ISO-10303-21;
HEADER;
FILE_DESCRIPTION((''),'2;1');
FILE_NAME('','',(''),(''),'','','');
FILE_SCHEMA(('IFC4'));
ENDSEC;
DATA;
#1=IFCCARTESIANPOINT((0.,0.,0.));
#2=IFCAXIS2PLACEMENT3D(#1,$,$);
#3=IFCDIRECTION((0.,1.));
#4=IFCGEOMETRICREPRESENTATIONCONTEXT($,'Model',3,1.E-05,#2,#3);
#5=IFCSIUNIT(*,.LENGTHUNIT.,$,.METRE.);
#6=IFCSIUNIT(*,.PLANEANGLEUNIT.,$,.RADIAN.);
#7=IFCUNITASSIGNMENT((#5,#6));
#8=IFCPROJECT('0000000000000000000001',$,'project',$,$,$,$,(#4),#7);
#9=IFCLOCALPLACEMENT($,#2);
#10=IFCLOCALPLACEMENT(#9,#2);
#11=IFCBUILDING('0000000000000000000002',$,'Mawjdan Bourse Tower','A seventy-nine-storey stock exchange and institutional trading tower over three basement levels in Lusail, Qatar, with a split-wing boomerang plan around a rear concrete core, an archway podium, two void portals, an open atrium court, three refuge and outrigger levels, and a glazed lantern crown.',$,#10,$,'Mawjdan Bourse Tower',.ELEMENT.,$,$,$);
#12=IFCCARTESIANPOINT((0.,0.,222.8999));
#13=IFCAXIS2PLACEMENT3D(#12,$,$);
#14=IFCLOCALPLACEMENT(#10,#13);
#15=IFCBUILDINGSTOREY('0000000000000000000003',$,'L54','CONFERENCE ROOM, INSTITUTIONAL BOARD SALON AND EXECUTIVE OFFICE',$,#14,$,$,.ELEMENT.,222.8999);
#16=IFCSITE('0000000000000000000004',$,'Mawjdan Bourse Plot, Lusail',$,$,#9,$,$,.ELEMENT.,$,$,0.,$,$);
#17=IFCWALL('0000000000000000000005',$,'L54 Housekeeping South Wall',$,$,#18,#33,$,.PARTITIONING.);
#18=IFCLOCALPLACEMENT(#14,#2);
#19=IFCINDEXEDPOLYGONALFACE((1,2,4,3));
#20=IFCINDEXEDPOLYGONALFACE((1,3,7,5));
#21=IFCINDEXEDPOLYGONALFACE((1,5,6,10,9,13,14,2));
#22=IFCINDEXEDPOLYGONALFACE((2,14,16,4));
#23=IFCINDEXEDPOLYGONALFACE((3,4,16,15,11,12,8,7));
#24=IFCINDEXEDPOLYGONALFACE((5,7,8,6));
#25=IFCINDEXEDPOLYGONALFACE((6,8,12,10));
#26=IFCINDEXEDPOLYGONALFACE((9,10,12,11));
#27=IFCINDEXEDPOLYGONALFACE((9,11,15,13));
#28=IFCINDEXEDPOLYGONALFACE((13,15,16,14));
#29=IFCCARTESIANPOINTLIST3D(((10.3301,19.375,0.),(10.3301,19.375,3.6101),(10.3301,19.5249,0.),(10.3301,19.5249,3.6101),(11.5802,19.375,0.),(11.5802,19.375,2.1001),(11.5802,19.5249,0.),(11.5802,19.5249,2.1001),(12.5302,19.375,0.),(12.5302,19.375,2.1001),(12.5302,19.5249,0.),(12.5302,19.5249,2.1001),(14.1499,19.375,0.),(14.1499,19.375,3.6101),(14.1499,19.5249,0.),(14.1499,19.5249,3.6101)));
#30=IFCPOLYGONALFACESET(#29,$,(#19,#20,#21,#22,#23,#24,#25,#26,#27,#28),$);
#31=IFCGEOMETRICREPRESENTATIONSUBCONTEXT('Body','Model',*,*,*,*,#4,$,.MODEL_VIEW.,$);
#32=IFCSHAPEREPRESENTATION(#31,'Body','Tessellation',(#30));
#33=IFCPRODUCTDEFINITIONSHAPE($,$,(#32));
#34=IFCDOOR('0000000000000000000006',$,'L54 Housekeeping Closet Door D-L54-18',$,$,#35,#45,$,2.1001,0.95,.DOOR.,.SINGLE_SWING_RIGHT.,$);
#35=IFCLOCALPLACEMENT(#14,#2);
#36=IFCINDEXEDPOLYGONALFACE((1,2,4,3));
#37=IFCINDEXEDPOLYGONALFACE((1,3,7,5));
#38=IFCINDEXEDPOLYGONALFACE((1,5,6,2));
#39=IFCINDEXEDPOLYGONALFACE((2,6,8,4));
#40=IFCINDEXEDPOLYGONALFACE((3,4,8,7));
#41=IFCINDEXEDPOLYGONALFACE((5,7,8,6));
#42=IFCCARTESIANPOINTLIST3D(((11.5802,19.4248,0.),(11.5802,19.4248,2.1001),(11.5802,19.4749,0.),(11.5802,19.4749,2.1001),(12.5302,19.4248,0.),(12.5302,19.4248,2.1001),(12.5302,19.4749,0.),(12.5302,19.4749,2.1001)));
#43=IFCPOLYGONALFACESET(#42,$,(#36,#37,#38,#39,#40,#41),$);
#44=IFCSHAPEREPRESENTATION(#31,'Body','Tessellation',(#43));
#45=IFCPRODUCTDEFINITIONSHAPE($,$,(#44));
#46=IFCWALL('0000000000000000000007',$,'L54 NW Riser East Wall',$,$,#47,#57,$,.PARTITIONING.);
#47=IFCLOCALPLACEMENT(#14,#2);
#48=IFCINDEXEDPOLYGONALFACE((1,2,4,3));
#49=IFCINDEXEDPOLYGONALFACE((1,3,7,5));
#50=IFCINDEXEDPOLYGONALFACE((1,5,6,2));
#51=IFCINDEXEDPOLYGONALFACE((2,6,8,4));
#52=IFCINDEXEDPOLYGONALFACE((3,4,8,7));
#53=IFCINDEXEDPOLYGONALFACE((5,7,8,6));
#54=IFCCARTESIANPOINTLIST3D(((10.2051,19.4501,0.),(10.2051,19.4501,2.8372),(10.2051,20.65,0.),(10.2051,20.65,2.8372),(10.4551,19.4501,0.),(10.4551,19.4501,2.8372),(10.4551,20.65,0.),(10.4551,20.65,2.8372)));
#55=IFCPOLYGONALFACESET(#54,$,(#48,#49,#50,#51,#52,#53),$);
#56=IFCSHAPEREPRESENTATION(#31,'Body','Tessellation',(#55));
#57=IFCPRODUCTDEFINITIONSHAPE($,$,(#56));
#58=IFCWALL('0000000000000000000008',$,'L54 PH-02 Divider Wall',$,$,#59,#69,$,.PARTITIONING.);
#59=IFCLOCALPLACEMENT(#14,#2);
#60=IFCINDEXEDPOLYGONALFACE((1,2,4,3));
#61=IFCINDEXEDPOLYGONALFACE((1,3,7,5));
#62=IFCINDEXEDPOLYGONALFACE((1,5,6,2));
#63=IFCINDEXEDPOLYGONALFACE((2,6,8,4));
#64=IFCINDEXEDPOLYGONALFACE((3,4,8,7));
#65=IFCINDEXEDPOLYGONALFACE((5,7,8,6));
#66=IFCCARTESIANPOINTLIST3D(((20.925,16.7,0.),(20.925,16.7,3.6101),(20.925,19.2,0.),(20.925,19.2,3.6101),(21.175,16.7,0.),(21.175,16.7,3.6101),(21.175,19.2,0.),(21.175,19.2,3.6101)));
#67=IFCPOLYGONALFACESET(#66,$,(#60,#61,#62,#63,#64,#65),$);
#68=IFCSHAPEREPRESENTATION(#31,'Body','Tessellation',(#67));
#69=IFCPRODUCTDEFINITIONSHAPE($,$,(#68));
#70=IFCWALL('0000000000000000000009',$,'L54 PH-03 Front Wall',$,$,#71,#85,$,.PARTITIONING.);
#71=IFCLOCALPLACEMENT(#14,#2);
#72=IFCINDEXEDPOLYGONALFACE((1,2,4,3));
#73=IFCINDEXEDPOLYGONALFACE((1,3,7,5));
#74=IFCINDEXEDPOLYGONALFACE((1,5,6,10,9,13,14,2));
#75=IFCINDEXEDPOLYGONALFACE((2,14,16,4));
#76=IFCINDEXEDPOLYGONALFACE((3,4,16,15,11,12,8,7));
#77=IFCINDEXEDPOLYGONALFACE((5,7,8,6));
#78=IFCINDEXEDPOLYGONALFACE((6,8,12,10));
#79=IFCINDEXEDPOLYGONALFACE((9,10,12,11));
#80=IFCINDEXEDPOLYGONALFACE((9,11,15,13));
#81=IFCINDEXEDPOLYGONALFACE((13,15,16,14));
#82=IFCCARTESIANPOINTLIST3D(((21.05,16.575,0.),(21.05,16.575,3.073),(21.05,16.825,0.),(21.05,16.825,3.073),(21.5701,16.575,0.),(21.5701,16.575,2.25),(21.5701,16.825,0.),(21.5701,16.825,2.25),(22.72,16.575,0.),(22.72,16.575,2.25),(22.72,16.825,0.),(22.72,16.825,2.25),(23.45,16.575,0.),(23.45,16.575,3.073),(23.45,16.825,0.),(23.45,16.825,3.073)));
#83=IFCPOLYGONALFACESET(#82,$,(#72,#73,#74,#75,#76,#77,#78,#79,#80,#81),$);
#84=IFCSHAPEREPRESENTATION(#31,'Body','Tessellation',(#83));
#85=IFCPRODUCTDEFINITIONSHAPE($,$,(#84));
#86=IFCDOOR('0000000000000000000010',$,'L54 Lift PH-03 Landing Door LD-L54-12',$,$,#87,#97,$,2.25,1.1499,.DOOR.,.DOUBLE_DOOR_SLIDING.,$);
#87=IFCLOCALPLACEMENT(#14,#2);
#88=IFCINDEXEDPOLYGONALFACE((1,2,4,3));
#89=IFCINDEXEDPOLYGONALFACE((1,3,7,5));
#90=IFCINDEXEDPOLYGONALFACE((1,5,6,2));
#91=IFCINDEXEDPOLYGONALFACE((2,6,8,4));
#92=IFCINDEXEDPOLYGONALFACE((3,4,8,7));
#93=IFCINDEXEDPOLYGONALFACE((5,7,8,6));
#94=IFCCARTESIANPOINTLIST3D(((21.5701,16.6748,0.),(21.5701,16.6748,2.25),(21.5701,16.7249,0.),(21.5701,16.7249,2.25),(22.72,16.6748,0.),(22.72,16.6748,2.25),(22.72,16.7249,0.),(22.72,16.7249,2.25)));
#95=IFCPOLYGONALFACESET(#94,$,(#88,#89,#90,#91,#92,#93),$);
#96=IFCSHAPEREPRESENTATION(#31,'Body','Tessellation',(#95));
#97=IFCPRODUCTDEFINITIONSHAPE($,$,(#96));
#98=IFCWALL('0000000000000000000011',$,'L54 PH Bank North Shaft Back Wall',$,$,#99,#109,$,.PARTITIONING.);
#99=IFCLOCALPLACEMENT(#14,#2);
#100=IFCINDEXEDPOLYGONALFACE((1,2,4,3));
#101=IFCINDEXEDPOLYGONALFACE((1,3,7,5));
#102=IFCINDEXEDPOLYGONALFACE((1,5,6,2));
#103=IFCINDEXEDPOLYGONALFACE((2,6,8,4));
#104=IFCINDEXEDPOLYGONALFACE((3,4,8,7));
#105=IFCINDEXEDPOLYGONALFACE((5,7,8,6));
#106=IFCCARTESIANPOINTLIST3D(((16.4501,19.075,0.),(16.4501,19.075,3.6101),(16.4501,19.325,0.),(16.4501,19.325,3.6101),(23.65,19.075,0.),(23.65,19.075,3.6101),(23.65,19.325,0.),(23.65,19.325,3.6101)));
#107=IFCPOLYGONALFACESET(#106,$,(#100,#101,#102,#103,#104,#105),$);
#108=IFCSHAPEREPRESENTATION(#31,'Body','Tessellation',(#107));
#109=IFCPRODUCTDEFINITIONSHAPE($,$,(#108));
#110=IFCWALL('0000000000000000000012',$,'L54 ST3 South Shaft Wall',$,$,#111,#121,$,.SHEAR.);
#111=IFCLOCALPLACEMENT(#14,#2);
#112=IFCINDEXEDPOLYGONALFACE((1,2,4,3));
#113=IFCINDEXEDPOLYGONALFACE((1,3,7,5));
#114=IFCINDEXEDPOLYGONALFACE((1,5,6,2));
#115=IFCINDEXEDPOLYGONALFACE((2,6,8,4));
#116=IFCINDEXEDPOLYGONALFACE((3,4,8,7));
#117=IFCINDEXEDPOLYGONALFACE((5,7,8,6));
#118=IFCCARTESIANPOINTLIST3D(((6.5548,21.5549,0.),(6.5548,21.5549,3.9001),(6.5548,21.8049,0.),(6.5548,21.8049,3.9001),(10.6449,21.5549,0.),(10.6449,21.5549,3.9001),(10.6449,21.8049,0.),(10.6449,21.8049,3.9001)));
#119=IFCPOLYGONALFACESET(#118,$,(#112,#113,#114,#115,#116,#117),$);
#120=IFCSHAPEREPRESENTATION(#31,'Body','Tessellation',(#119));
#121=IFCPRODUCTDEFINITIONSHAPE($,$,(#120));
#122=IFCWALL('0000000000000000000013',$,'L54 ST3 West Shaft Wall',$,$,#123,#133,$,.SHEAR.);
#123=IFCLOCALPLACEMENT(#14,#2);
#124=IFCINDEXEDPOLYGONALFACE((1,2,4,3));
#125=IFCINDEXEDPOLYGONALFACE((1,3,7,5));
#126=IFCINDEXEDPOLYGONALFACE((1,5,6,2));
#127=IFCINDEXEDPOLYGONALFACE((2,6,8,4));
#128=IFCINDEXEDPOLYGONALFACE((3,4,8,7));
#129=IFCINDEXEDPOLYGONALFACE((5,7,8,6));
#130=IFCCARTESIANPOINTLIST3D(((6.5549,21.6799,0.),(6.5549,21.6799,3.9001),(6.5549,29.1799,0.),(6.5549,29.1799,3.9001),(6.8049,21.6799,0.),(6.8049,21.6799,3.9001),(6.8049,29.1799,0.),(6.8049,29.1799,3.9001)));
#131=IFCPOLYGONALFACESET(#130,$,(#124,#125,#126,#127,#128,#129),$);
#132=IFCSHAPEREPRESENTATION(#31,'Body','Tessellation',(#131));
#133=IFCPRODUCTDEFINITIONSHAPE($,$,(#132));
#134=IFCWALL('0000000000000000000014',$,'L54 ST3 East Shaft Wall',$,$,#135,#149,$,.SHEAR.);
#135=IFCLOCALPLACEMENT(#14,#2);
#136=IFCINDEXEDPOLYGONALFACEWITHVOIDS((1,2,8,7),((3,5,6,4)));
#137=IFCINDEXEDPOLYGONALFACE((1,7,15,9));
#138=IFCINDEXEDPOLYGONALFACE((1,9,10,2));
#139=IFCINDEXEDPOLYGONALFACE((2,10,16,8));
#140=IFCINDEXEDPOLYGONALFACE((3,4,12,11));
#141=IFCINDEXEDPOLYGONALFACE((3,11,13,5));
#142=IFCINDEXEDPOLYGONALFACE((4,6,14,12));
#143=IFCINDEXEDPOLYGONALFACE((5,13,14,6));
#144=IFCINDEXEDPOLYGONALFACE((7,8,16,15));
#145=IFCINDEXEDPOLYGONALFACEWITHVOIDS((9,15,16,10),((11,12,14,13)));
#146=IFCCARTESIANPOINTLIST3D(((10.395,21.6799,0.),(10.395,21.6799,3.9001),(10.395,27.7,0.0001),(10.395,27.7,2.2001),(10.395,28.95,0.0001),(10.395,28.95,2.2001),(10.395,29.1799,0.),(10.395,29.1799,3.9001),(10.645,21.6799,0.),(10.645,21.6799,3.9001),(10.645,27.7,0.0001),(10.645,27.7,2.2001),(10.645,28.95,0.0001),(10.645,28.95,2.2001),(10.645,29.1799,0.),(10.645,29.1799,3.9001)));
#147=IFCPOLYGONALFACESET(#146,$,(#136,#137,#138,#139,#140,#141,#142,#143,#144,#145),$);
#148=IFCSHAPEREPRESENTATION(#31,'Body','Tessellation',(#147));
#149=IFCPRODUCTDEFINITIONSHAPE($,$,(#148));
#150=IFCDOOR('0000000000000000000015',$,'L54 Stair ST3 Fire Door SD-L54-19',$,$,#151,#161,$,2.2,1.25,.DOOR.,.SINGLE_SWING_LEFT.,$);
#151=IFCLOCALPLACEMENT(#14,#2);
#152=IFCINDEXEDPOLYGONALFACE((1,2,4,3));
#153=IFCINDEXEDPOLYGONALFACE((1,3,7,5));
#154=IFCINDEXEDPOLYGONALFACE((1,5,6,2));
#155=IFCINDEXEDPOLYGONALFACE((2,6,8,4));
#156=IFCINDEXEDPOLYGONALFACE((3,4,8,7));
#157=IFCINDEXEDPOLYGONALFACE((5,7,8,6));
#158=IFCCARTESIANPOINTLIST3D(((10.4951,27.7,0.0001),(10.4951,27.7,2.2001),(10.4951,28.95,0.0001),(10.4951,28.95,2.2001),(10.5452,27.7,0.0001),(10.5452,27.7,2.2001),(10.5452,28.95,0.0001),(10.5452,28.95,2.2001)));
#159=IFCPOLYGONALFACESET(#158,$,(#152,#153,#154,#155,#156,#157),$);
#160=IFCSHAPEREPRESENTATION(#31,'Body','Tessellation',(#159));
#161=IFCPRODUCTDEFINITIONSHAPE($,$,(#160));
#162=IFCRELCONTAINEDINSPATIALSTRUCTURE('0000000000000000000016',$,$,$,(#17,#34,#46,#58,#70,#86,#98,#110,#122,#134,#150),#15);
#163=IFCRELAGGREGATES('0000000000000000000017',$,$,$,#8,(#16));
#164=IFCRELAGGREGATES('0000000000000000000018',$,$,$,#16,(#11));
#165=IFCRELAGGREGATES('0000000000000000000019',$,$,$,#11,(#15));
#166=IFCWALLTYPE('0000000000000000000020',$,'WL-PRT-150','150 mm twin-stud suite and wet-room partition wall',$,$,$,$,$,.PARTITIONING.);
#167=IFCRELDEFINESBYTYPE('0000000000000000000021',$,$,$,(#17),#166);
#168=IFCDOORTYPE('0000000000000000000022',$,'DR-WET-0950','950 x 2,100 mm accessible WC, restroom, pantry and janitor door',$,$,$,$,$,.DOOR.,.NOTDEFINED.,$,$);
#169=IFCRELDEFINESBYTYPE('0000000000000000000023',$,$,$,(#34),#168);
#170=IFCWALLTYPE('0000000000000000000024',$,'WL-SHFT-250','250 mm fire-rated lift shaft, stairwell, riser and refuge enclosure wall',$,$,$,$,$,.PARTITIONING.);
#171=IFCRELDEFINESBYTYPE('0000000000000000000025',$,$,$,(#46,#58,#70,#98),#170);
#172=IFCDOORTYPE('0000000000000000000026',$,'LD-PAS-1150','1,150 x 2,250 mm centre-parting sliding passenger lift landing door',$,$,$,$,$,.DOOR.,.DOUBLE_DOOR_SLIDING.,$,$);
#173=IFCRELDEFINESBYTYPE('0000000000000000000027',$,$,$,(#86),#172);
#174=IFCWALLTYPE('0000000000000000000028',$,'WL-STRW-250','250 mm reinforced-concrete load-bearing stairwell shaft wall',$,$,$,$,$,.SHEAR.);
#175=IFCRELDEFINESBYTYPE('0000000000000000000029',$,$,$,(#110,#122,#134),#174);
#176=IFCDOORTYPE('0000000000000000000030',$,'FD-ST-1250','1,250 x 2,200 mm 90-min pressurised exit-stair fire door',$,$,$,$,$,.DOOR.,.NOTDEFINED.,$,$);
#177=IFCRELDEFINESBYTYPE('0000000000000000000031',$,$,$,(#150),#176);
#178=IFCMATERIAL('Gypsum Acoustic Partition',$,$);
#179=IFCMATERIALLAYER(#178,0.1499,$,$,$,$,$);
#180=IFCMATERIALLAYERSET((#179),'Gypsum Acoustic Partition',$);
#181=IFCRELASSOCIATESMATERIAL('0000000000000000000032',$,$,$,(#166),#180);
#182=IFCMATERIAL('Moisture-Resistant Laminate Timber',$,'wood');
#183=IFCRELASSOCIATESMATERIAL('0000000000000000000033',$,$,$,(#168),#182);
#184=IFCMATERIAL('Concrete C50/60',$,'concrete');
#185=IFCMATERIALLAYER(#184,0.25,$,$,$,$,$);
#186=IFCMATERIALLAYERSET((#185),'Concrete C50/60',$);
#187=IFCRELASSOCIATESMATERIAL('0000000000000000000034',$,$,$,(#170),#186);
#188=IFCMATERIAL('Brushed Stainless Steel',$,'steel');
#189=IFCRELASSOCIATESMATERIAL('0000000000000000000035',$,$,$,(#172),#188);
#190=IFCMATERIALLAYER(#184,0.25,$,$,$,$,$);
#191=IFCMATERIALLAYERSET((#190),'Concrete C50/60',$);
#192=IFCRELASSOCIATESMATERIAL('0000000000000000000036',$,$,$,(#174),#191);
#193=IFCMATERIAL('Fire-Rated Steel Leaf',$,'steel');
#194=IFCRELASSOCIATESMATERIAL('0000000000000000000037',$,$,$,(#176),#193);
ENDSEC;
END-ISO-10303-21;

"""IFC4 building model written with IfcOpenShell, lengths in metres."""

from ifc_helpers import new_model, si_unit, direction, frame, frame_2d, origin, place, context, subcontext, project, spatial, rectangle, extrude, material, layer, layer_set, type_object, element, fill, save


model = new_model("IFC4")

# Units and contexts
model_context = context("Model", 3, precision=1e-05, world=origin(), true_north=direction((0.0, 1.0)))
body_context = subcontext(model_context, "Body", "Model", "MODEL_VIEW")
ifc_project = project(units=[si_unit("LENGTHUNIT", "METRE"), si_unit("PLANEANGLEUNIT", "RADIAN")], contexts=[model_context])

# Site, building, storey
site_placement = place(None, origin())
site = spatial("IfcSite", under=ifc_project, at=site_placement, Name="Mawjdan Bourse Plot, Lusail", CompositionType="ELEMENT", RefElevation=0.0)
building_placement = place(site_placement, origin())
building = spatial("IfcBuilding", under=site, at=building_placement, Name="Mawjdan Bourse Tower", Description="A seventy-nine-storey stock exchange and institutional trading tower over three basement levels in Lusail, Qatar, with a split-wing boomerang plan around a rear concrete core, an archway podium, two void portals, an open atrium court, three refuge and outrigger levels, and a glazed lantern crown.", LongName="Mawjdan Bourse Tower", CompositionType="ELEMENT")
storey_placement = place(building_placement, frame((0.0, 0.0, 222.8999)))
storey = spatial("IfcBuildingStorey", under=building, at=storey_placement, Name="L54", Description="CONFERENCE ROOM, INSTITUTIONAL BOARD SALON AND EXECUTIVE OFFICE", CompositionType="ELEMENT", Elevation=222.8999)

# Wall, opening, door
ifc_material_1 = material(Name="Gypsum Acoustic Partition")
ifc_layer_1 = layer(ifc_material_1, 0.1499)
ifc_layer_set_1 = layer_set([ifc_layer_1], Name="Gypsum Acoustic Partition")
wall_type_1 = type_object("IfcWallType", Name="WL-PRT-150", Description="150 mm twin-stud suite and wet-room partition wall", PredefinedType="PARTITIONING", material=ifc_layer_set_1)
wall_1_placement = place(storey_placement, frame((10.3301, 19.45, 0.0), z_axis=(0.0, 0.0, 1.0), x_axis=(1.0, 0.0, 0.0)))
wall_1 = element("IfcWall", 1, at=wall_1_placement, inside=storey, type_object=wall_type_1, Name="L54 Housekeeping South Wall", PredefinedType="PARTITIONING", context=body_context, shape_type="SweptSolid", body=[
    extrude(rectangle(XDim=3.8198, YDim=0.1499, at=frame_2d((1.9099, 0.0))), origin(), (0.0, 0.0, 1.0), 3.6101),
])
opening_1_placement = place(wall_1_placement, frame((1.25, 0.0, 0.0)))
opening_1 = element("IfcOpeningElement", 2, at=opening_1_placement, cuts=wall_1, PredefinedType="OPENING", context=body_context, shape_type="SweptSolid", body=[
    extrude(rectangle(XDim=0.95, YDim=2.1001, at=frame_2d((0.4751, 1.05))), frame((0.0, 0.085, 0.0), z_axis=(0.0, -1.0, 0.0), x_axis=(1.0, 0.0, 0.0)), (0.0, 0.0, 1.0), 0.1699),
])
ifc_material_2 = material(Name="Moisture-Resistant Laminate Timber", Category="wood")
door_type_1 = type_object("IfcDoorType", Name="DR-WET-0950", Description="950 x 2,100 mm accessible WC, restroom, pantry and janitor door", OperationType="NOTDEFINED", PredefinedType="DOOR", material=ifc_material_2)
door_1_placement = place(opening_1_placement, origin())
door_1 = element("IfcDoor", 3, at=door_1_placement, inside=storey, type_object=door_type_1, Name="L54 Housekeeping Closet Door D-L54-18", OperationType="SINGLE_SWING_RIGHT", OverallHeight=2.1001, OverallWidth=0.95, PredefinedType="DOOR", context=body_context, shape_type="SweptSolid", body=[
    extrude(rectangle(XDim=0.95, YDim=2.1001, at=frame_2d((0.4751, 1.05))), frame((0.0, 0.0249, 0.0), z_axis=(0.0, -1.0, 0.0), x_axis=(1.0, 0.0, 0.0)), (0.0, 0.0, 1.0), 0.05),
])
fill(opening_1, door_1)

# Walls
ifc_material_3 = material(Name="Concrete C50/60", Category="concrete")
ifc_layer_2 = layer(ifc_material_3, 0.25)
ifc_layer_set_2 = layer_set([ifc_layer_2], Name="Concrete C50/60")
wall_type_2 = type_object("IfcWallType", Name="WL-SHFT-250", Description="250 mm fire-rated lift shaft, stairwell, riser and refuge enclosure wall", PredefinedType="PARTITIONING", material=ifc_layer_set_2)
wall_2_placement = place(storey_placement, frame((10.3301, 19.45, 0.0), z_axis=(0.0, 0.0, 1.0), x_axis=(0.0, 1.0, 0.0)))
element("IfcWall", 4, at=wall_2_placement, inside=storey, type_object=wall_type_2, Name="L54 NW Riser East Wall", PredefinedType="PARTITIONING", context=body_context, shape_type="SweptSolid", body=[
    extrude(rectangle(XDim=1.2, YDim=0.25, at=frame_2d((0.6001, 0.0))), origin(), (0.0, 0.0, 1.0), 2.8372),
])
wall_3_placement = place(storey_placement, frame((21.05, 16.7, 0.0), z_axis=(0.0, 0.0, 1.0), x_axis=(0.0, 1.0, 0.0)))
element("IfcWall", 5, at=wall_3_placement, inside=storey, type_object=wall_type_2, Name="L54 PH-02 Divider Wall", PredefinedType="PARTITIONING", context=body_context, shape_type="SweptSolid", body=[
    extrude(rectangle(XDim=2.5, YDim=0.25, at=frame_2d((1.25, 0.0))), origin(), (0.0, 0.0, 1.0), 3.6101),
])

# Wall, opening, door
wall_4_placement = place(storey_placement, frame((21.05, 16.7, 0.0), z_axis=(0.0, 0.0, 1.0), x_axis=(1.0, 0.0, 0.0)))
wall_4 = element("IfcWall", 6, at=wall_4_placement, inside=storey, type_object=wall_type_2, Name="L54 PH-03 Front Wall", PredefinedType="PARTITIONING", context=body_context, shape_type="SweptSolid", body=[
    extrude(rectangle(XDim=2.3999, YDim=0.25, at=frame_2d((1.2, 0.0))), origin(), (0.0, 0.0, 1.0), 3.073),
])
opening_2_placement = place(wall_4_placement, frame((0.52, 0.0, 0.0)))
opening_2 = element("IfcOpeningElement", 7, at=opening_2_placement, cuts=wall_4, PredefinedType="OPENING", context=body_context, shape_type="SweptSolid", body=[
    extrude(rectangle(XDim=1.1499, YDim=2.25, at=frame_2d((0.575, 1.125))), frame((0.0, 0.135, 0.0), z_axis=(0.0, -1.0, 0.0), x_axis=(1.0, 0.0, 0.0)), (0.0, 0.0, 1.0), 0.27),
])
ifc_material_4 = material(Name="Brushed Stainless Steel", Category="steel")
door_type_2 = type_object("IfcDoorType", Name="LD-PAS-1150", Description="1,150 x 2,250 mm centre-parting sliding passenger lift landing door", OperationType="DOUBLE_DOOR_SLIDING", PredefinedType="DOOR", material=ifc_material_4)
door_2_placement = place(opening_2_placement, origin())
door_2 = element("IfcDoor", 8, at=door_2_placement, inside=storey, type_object=door_type_2, Name="L54 Lift PH-03 Landing Door LD-L54-12", OperationType="DOUBLE_DOOR_SLIDING", OverallHeight=2.25, OverallWidth=1.1499, PredefinedType="DOOR", context=body_context, shape_type="SweptSolid", body=[
    extrude(rectangle(XDim=1.1499, YDim=2.25, at=frame_2d((0.575, 1.125))), frame((0.0, 0.0249, 0.0), z_axis=(0.0, -1.0, 0.0), x_axis=(1.0, 0.0, 0.0)), (0.0, 0.0, 1.0), 0.05),
])
fill(opening_2, door_2)

# Walls
wall_5_placement = place(storey_placement, frame((16.45, 19.2, 0.0), z_axis=(0.0, 0.0, 1.0), x_axis=(1.0, 0.0, 0.0)))
element("IfcWall", 9, at=wall_5_placement, inside=storey, type_object=wall_type_2, Name="L54 PH Bank North Shaft Back Wall", PredefinedType="PARTITIONING", context=body_context, shape_type="SweptSolid", body=[
    extrude(rectangle(XDim=7.2, YDim=0.25, at=frame_2d((3.6001, 0.0))), origin(), (0.0, 0.0, 1.0), 3.6101),
])
ifc_layer_3 = layer(ifc_material_3, 0.25)
ifc_layer_set_3 = layer_set([ifc_layer_3], Name="Concrete C50/60")
wall_type_3 = type_object("IfcWallType", Name="WL-STRW-250", Description="250 mm reinforced-concrete load-bearing stairwell shaft wall", PredefinedType="SHEAR", material=ifc_layer_set_3)
wall_6_placement = place(storey_placement, frame((6.5549, 21.6799, 0.0), z_axis=(0.0, 0.0, 1.0), x_axis=(1.0, 0.0, 0.0)))
element("IfcWall", 10, at=wall_6_placement, inside=storey, type_object=wall_type_3, Name="L54 ST3 South Shaft Wall", PredefinedType="SHEAR", context=body_context, shape_type="SweptSolid", body=[
    extrude(rectangle(XDim=4.0901, YDim=0.25, at=frame_2d((2.0449, 0.0))), origin(), (0.0, 0.0, 1.0), 3.9001),
])
wall_7_placement = place(storey_placement, frame((6.6799, 21.6799, 0.0), z_axis=(0.0, 0.0, 1.0), x_axis=(0.0, 1.0, 0.0)))
element("IfcWall", 11, at=wall_7_placement, inside=storey, type_object=wall_type_3, Name="L54 ST3 West Shaft Wall", PredefinedType="SHEAR", context=body_context, shape_type="SweptSolid", body=[
    extrude(rectangle(XDim=7.5, YDim=0.25, at=frame_2d((3.75, 0.0))), origin(), (0.0, 0.0, 1.0), 3.9001),
])

# Wall, opening, door
wall_8_placement = place(storey_placement, frame((10.52, 21.6799, 0.0), z_axis=(0.0, 0.0, 1.0), x_axis=(0.0, 1.0, 0.0)))
wall_8 = element("IfcWall", 12, at=wall_8_placement, inside=storey, type_object=wall_type_3, Name="L54 ST3 East Shaft Wall", PredefinedType="SHEAR", context=body_context, shape_type="SweptSolid", body=[
    extrude(rectangle(XDim=7.5, YDim=0.25, at=frame_2d((3.75, 0.0))), origin(), (0.0, 0.0, 1.0), 3.9001),
])
opening_3_placement = place(wall_8_placement, frame((6.02, 0.0, 0.0)))
opening_3 = element("IfcOpeningElement", 13, at=opening_3_placement, cuts=wall_8, PredefinedType="OPENING", context=body_context, shape_type="SweptSolid", body=[
    extrude(rectangle(XDim=1.25, YDim=2.2, at=frame_2d((0.625, 1.1001))), frame((0.0, 0.135, 0.0), z_axis=(0.0, -1.0, 0.0), x_axis=(1.0, 0.0, 0.0)), (0.0, 0.0, 1.0), 0.27),
])
ifc_material_5 = material(Name="Fire-Rated Steel Leaf", Category="steel")
door_type_3 = type_object("IfcDoorType", Name="FD-ST-1250", Description="1,250 x 2,200 mm 90-min pressurised exit-stair fire door", OperationType="NOTDEFINED", PredefinedType="DOOR", material=ifc_material_5)
door_3_placement = place(opening_3_placement, origin())
door_3 = element("IfcDoor", 14, at=door_3_placement, inside=storey, type_object=door_type_3, Name="L54 Stair ST3 Fire Door SD-L54-19", OperationType="SINGLE_SWING_LEFT", OverallHeight=2.2, OverallWidth=1.25, PredefinedType="DOOR", context=body_context, shape_type="SweptSolid", body=[
    extrude(rectangle(XDim=1.25, YDim=2.2, at=frame_2d((0.625, 1.1001))), frame((0.0, 0.0249, 0.0), z_axis=(0.0, -1.0, 0.0), x_axis=(1.0, 0.0, 0.0)), (0.0, 0.0, 1.0), 0.05),
])
fill(opening_3, door_3)

save(model, "model.ifc")
